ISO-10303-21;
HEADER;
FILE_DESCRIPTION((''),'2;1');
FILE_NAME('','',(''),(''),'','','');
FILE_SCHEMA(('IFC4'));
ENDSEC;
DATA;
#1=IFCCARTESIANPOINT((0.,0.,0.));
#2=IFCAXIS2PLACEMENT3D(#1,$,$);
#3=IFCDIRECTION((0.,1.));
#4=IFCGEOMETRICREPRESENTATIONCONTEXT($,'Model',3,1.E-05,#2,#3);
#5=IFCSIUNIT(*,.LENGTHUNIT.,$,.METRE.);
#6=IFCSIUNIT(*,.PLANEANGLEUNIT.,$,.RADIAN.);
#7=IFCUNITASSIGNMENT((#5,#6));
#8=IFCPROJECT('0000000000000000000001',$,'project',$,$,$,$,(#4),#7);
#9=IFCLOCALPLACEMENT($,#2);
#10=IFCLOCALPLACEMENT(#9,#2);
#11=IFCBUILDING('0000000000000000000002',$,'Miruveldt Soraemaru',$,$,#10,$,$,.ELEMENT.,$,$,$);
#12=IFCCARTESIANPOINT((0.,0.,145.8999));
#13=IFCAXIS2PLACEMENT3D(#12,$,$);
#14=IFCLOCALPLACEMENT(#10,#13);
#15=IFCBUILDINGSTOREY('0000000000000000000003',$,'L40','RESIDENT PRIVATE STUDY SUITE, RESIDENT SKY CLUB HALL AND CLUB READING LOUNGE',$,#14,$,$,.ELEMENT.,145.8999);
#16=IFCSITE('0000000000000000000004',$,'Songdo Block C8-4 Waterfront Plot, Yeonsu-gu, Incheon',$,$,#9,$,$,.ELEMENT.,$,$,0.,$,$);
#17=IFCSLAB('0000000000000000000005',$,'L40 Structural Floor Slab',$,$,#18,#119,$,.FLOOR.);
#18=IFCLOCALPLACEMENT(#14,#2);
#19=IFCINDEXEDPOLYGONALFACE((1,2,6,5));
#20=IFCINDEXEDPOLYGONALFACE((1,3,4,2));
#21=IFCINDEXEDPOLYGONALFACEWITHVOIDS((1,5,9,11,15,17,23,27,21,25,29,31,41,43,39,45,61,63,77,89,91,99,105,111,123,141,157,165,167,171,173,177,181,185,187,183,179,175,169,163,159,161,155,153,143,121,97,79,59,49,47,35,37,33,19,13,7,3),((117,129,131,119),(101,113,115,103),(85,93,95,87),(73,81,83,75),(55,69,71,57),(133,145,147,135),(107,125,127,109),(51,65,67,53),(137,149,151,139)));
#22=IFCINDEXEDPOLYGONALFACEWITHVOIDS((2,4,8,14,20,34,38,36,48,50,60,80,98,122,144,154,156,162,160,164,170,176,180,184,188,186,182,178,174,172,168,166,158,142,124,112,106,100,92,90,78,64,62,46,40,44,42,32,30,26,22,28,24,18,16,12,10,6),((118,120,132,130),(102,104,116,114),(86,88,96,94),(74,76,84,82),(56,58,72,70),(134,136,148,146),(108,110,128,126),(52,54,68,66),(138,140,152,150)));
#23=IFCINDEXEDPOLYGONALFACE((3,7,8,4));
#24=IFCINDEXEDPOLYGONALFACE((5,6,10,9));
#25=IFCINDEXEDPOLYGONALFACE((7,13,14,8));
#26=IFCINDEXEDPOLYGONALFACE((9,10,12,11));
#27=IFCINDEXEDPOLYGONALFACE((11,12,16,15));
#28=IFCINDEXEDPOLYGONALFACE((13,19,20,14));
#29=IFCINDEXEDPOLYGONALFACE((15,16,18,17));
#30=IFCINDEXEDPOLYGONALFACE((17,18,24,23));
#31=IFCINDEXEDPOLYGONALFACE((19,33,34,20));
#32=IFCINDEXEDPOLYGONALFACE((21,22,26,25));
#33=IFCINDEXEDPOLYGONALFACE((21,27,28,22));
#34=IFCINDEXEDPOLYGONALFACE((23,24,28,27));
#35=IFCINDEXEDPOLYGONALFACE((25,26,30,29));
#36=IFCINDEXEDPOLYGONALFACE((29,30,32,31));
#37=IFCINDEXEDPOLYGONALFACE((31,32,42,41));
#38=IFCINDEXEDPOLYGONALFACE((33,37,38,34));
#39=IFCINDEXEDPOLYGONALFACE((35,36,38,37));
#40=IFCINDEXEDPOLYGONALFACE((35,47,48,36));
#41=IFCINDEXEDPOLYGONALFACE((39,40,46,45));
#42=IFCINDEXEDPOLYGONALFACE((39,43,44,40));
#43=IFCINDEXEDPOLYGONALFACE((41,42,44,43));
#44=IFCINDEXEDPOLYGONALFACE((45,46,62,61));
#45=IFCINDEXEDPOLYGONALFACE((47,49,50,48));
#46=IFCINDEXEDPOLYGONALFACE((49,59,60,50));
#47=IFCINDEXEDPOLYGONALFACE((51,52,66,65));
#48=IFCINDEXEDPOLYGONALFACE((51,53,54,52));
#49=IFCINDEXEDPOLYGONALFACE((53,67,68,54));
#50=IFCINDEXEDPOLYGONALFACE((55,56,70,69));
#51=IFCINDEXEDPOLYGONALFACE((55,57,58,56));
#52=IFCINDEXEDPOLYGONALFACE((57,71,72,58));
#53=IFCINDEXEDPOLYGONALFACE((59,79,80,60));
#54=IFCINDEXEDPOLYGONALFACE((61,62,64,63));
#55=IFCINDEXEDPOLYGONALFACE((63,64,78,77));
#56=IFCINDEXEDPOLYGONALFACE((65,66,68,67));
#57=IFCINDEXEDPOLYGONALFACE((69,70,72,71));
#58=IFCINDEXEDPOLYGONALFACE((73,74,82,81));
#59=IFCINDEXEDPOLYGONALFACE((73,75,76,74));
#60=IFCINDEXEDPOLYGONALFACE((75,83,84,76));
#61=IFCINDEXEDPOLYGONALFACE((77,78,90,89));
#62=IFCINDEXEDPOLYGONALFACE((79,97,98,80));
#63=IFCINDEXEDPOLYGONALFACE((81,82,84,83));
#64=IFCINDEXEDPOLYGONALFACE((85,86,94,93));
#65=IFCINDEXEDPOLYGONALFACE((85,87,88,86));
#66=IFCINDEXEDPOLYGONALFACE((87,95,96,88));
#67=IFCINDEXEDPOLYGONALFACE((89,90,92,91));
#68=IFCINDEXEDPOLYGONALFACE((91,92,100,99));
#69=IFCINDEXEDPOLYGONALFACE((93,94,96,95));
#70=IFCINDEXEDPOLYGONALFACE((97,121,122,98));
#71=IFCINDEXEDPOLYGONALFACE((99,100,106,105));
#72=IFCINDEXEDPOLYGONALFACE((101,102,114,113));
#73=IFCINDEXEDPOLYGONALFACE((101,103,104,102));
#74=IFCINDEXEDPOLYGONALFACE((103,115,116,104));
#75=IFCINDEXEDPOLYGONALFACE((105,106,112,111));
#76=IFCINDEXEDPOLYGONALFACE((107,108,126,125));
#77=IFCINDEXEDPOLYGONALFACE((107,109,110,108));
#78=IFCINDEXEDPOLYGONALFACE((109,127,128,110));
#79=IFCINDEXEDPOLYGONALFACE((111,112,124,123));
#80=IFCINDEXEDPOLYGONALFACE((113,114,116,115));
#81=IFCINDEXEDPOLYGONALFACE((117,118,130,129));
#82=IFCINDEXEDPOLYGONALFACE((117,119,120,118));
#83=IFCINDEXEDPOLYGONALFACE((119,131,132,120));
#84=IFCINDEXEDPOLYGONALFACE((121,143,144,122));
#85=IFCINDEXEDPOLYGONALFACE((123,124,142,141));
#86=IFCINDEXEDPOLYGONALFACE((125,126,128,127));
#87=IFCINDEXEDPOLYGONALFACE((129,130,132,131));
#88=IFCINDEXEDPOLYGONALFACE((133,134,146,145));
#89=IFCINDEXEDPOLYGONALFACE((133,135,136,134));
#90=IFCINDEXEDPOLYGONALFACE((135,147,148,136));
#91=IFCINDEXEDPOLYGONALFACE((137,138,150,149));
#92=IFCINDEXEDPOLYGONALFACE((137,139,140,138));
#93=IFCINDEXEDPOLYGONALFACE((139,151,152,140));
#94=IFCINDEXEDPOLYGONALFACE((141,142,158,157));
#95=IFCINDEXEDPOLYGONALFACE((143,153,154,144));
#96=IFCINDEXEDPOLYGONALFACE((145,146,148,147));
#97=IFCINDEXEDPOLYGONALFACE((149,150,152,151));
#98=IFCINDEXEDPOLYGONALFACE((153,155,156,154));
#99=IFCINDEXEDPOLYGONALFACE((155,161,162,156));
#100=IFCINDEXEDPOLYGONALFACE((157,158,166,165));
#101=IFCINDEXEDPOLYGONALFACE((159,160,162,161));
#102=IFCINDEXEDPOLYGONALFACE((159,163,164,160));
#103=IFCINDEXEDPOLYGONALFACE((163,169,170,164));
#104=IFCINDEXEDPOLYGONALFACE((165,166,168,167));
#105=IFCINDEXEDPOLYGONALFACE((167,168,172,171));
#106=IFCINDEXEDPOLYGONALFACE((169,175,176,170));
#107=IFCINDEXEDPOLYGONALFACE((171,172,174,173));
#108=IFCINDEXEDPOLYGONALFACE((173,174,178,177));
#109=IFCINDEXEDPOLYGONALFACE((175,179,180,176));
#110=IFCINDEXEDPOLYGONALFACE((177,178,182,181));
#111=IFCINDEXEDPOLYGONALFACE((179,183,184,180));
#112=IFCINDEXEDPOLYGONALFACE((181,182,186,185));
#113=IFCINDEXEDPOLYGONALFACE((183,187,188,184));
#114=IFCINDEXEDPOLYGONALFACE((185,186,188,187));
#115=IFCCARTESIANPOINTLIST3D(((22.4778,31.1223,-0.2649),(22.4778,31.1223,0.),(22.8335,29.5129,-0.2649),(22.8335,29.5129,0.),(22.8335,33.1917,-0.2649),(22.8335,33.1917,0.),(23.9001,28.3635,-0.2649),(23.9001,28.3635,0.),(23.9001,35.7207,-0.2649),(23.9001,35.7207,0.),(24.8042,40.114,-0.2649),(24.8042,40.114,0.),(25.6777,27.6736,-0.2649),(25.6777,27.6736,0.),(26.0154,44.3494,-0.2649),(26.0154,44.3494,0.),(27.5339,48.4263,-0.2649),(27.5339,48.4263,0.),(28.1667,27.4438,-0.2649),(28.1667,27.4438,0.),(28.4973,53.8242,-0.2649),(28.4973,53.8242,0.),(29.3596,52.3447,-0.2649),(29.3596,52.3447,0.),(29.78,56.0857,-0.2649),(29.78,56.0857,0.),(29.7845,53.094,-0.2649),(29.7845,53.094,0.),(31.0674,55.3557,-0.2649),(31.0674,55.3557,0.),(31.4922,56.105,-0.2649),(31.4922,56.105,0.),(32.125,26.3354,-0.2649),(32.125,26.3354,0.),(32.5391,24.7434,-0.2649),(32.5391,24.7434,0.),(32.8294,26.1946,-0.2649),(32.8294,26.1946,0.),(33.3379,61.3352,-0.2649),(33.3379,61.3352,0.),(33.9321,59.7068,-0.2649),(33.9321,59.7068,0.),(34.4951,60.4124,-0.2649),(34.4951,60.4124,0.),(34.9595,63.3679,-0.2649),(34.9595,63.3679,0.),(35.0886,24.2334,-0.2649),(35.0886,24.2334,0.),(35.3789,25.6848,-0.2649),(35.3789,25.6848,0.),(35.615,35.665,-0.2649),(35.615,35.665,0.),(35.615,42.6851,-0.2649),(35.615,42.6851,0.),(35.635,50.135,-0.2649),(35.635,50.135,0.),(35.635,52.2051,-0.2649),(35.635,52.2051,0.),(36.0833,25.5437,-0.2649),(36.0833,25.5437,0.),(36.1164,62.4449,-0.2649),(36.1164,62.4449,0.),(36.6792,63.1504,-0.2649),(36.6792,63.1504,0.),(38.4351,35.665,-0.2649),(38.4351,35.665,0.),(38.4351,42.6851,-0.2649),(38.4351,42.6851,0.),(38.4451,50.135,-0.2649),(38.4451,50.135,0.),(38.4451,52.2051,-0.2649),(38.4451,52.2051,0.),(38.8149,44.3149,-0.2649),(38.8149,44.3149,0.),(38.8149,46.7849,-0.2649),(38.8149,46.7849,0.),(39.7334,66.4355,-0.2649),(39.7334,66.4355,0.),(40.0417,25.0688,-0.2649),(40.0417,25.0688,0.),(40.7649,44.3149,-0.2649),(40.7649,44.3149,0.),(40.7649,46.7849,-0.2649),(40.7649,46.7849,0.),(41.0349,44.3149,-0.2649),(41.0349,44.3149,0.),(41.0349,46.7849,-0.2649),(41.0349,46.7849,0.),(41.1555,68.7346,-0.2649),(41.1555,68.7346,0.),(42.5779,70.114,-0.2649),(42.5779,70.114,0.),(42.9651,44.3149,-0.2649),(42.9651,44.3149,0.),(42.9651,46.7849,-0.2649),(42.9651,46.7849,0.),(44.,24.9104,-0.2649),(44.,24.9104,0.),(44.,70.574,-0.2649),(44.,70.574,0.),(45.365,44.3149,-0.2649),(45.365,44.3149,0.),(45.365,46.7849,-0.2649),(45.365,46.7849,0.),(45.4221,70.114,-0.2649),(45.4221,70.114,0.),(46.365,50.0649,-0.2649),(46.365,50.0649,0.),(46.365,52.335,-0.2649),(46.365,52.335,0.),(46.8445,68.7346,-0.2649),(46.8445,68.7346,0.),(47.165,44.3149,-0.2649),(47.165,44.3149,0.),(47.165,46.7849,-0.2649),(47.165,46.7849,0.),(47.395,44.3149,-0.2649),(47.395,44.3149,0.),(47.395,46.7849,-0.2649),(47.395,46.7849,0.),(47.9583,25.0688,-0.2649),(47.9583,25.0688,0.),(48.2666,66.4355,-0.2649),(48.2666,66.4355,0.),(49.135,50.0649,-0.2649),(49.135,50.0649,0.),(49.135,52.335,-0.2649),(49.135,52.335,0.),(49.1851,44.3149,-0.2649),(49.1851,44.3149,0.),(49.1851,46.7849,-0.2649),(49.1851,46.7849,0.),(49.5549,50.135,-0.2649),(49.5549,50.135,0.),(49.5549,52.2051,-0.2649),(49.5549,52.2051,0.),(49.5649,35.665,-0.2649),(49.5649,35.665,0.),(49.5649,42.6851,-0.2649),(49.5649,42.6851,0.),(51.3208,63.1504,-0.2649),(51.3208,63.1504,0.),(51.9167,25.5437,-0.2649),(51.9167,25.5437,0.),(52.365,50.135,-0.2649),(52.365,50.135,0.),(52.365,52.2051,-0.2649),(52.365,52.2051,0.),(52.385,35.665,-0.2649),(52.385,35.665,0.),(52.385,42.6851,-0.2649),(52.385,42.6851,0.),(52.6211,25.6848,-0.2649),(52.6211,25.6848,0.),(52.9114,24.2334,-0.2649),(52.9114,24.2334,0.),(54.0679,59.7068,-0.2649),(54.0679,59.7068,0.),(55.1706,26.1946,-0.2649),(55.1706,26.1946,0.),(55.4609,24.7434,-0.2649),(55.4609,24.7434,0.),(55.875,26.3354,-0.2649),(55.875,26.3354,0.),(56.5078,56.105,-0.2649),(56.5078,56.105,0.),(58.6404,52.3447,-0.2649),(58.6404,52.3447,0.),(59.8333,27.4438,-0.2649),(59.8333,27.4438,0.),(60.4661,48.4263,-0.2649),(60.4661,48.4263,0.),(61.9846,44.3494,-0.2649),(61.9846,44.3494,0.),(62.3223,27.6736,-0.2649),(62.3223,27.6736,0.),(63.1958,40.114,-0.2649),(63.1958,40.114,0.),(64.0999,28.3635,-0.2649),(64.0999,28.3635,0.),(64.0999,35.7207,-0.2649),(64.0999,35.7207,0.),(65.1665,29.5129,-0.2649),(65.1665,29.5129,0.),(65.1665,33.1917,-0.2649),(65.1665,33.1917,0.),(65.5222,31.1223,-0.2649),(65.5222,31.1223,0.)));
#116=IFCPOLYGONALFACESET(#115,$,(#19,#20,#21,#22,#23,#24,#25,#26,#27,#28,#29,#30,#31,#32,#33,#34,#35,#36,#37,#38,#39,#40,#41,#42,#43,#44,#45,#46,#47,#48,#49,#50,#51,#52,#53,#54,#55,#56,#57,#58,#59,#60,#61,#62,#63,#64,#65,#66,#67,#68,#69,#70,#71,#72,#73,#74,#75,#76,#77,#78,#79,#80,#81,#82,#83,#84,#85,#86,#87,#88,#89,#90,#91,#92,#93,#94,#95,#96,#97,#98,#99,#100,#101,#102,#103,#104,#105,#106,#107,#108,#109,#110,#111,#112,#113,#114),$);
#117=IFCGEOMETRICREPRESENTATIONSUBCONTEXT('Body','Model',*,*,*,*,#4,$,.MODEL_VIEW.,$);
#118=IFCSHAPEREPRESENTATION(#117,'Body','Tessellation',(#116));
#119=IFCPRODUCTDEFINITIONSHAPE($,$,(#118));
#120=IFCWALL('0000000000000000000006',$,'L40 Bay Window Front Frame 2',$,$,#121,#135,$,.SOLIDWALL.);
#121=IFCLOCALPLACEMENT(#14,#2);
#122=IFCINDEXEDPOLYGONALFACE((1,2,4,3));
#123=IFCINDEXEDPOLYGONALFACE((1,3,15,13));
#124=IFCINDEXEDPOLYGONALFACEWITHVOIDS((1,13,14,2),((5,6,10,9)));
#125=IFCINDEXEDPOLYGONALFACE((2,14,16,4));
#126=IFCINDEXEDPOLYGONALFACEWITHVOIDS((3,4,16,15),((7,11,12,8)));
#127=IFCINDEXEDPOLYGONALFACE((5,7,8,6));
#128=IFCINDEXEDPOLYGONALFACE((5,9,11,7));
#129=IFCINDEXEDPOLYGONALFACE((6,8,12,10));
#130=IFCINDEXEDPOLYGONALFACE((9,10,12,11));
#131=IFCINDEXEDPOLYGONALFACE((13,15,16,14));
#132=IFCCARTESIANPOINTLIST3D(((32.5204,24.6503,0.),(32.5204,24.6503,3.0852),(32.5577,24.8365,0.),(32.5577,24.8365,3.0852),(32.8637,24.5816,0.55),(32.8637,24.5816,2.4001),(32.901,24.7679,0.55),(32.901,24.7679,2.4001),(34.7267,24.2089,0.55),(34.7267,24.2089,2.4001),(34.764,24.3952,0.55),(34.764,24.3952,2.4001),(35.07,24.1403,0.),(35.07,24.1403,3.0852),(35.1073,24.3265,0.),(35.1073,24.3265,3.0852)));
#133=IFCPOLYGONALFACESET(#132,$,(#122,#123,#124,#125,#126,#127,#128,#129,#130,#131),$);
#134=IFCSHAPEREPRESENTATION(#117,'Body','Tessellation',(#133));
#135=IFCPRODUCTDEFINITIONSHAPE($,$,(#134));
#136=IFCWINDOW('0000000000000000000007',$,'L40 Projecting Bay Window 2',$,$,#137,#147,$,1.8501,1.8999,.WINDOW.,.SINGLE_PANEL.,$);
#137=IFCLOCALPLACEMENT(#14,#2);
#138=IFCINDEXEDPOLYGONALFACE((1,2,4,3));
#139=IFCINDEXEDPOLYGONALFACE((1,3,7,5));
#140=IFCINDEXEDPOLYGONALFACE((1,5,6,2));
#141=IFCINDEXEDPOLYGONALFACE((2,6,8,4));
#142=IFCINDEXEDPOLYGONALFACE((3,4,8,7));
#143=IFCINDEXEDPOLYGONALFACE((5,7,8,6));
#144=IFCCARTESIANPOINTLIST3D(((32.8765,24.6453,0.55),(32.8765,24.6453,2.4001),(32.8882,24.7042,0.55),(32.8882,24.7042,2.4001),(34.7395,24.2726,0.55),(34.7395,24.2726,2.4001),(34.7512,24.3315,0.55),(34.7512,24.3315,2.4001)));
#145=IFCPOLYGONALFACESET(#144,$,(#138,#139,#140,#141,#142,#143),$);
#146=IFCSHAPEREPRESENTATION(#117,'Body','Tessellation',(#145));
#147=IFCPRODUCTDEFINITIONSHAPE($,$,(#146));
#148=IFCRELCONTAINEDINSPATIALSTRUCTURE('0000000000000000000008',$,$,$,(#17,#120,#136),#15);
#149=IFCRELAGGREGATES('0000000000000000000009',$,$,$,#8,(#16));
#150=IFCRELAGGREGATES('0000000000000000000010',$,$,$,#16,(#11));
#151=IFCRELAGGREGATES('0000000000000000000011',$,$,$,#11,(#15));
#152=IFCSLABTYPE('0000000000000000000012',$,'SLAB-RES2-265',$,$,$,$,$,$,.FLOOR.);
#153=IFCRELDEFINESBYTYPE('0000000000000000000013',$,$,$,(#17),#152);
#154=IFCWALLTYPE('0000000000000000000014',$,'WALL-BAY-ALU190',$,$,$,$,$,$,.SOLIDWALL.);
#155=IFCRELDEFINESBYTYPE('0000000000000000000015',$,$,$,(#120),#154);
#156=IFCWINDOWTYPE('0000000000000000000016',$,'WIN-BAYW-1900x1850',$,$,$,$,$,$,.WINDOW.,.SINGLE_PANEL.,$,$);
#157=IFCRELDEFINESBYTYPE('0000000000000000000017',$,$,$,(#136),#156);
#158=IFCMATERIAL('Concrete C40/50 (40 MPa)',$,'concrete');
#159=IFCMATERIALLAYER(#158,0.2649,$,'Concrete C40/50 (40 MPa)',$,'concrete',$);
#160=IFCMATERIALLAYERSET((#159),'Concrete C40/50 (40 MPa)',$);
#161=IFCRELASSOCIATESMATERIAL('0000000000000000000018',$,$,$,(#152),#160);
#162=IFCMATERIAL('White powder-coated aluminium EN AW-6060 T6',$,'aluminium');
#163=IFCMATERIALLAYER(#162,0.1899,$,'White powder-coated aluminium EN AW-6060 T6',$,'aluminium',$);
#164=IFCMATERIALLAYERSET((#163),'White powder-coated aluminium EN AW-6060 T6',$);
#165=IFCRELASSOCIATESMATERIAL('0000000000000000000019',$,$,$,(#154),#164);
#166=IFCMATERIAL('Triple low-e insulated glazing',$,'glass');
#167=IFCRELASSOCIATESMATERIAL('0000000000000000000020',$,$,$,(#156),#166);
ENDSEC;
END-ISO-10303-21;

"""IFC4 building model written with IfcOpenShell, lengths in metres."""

from ifc_helpers import new_model, si_unit, direction, frame, frame_2d, origin, place, context, subcontext, project, spatial, polyline, rectangle, outline, extrude, material, layer, layer_set, type_object, element, fill, save


model = new_model("IFC4")

# Units and contexts
model_context = context("Model", 3, precision=1e-05, world=origin(), true_north=direction((0.0, 1.0)))
body_context = subcontext(model_context, "Body", "Model", "MODEL_VIEW")
ifc_project = project(units=[si_unit("LENGTHUNIT", "METRE"), si_unit("PLANEANGLEUNIT", "RADIAN")], contexts=[model_context])

# Site, building, storey
site_placement = place(None, origin())
site = spatial("IfcSite", under=ifc_project, at=site_placement, Name="Songdo Block C8-4 Waterfront Plot, Yeonsu-gu, Incheon", CompositionType="ELEMENT", RefElevation=0.0)
building_placement = place(site_placement, origin())
building = spatial("IfcBuilding", under=site, at=building_placement, Name="Miruveldt Soraemaru", CompositionType="ELEMENT")
storey_placement = place(building_placement, frame((0.0, 0.0, 145.8999)))
storey = spatial("IfcBuildingStorey", under=building, at=storey_placement, Name="L40", Description="RESIDENT PRIVATE STUDY SUITE, RESIDENT SKY CLUB HALL AND CLUB READING LOUNGE", CompositionType="ELEMENT", Elevation=145.8999)

# Shared definitions
ifc_material_1 = material(Name="Concrete C40/50 (40 MPa)", Category="concrete")

# Slab
ifc_layer_1 = layer(ifc_material_1, 0.2649, Name="Concrete C40/50 (40 MPa)", Category="concrete")
ifc_layer_set_1 = layer_set([ifc_layer_1], Name="Concrete C40/50 (40 MPa)")
slab_type_1 = type_object("IfcSlabType", Name="SLAB-RES2-265", PredefinedType="FLOOR", material=ifc_layer_set_1)
slab_1_placement = place(storey_placement, frame((0.0, 0.0, -0.2649)))
element("IfcSlab", 1, at=slab_1_placement, inside=storey, type_object=slab_type_1, Name="L40 Structural Floor Slab", PredefinedType="FLOOR", context=body_context, shape_type="SweptSolid", body=[
    extrude(outline(polyline([(32.5391, 24.7434), (32.8293, 26.1946), (34.1042, 25.9397), (32.125, 26.3354), (28.1667, 27.4438), (25.6777, 27.6736), (23.9001, 28.3635), (22.8335, 29.5129), (22.4778, 31.1223), (22.8335, 33.1917), (23.9001, 35.7207), (24.8042, 40.114), (26.0154, 44.3494), (27.5339, 48.4263), (29.3596, 52.3447), (30.4258, 54.2249), (29.7844, 53.094), (28.4973, 53.8242), (29.78, 56.0857), (31.0674, 55.3557), (31.4922, 56.105), (33.9321, 59.7068), (34.4951, 60.4124), (33.3379, 61.3352), (34.9595, 63.3679), (36.1165, 62.4448), (35.3057, 61.4287), (36.6792, 63.1504), (39.7334, 66.4355), (41.1555, 68.7346), (42.5779, 70.114), (44.0, 70.574), (45.4221, 70.114), (46.8445, 68.7346), (48.2666, 66.4355), (51.3208, 63.1504), (54.0679, 59.7068), (56.5078, 56.105), (58.6404, 52.3447), (60.4661, 48.4263), (61.9846, 44.3494), (63.1958, 40.114), (64.0999, 35.7207), (65.1665, 33.1917), (65.5222, 31.1223), (65.1665, 29.5129), (64.0999, 28.3635), (62.3223, 27.6736), (59.8333, 27.4438), (55.875, 26.3354), (53.8958, 25.9397), (55.1707, 26.1946), (55.4609, 24.7434), (52.9114, 24.2334), (52.6211, 25.6848), (51.9167, 25.5437), (47.9583, 25.0688), (44.0, 24.9104), (40.0417, 25.0688), (36.0833, 25.5437), (35.3789, 25.6848), (35.0886, 24.2334), (32.5391, 24.7434)]), holes=[polyline([(35.615, 35.665), (38.4351, 35.665), (38.4351, 42.6851), (35.615, 42.6851), (35.615, 35.665)]), polyline([(49.5649, 35.665), (52.385, 35.665), (52.385, 42.6851), (49.5649, 42.6851), (49.5649, 35.665)]), polyline([(40.7649, 44.3149), (40.7649, 46.7849), (38.8149, 46.7849), (38.8149, 44.3149), (40.7649, 44.3149)]), polyline([(42.9651, 44.3149), (42.9651, 46.7849), (41.0349, 46.7849), (41.0349, 44.3149), (42.9651, 44.3149)]), polyline([(47.165, 44.3149), (47.165, 46.7849), (45.365, 46.7849), (45.365, 44.3149), (47.165, 44.3149)]), polyline([(49.1851, 44.3149), (49.1851, 46.7849), (47.395, 46.7849), (47.395, 44.3149), (49.1851, 44.3149)]), polyline([(38.4451, 50.135), (38.4451, 52.2051), (35.635, 52.2051), (35.635, 50.135), (38.4451, 50.135)]), polyline([(49.5549, 50.135), (52.365, 50.135), (52.365, 52.2051), (49.5549, 52.2051), (49.5549, 50.135)]), polyline([(46.365, 50.0649), (49.135, 50.0649), (49.135, 52.335), (46.365, 52.335), (46.365, 50.0649)])]), origin(), (0.0, 0.0, 1.0), 0.2649),
])

# Wall, opening, window
ifc_material_2 = material(Name="White powder-coated aluminium EN AW-6060 T6", Category="aluminium")
ifc_layer_2 = layer(ifc_material_2, 0.1899, Name="White powder-coated aluminium EN AW-6060 T6", Category="aluminium")
ifc_layer_set_2 = layer_set([ifc_layer_2], Name="White powder-coated aluminium EN AW-6060 T6")
wall_type_1 = type_object("IfcWallType", Name="WALL-BAY-ALU190", PredefinedType="SOLIDWALL", material=ifc_layer_set_2)
wall_1_placement = place(storey_placement, frame((32.5391, 24.7434, 0.0), z_axis=(0.0, 0.0, 1.0), x_axis=(0.980573, -0.196152, 0.0)))
wall_1 = element("IfcWall", 2, at=wall_1_placement, inside=storey, type_object=wall_type_1, Name="L40 Bay Window Front Frame 2", PredefinedType="SOLIDWALL", context=body_context, shape_type="SweptSolid", body=[
    extrude(rectangle(XDim=2.6001, YDim=0.1899, at=frame_2d((1.3, 0.0))), origin(), (0.0, 0.0, 1.0), 3.0852),
])
opening_1_placement = place(wall_1_placement, frame((0.3501, 0.0, 0.55)))
opening_1 = element("IfcOpeningElement", 3, at=opening_1_placement, cuts=wall_1, PredefinedType="OPENING", context=body_context, shape_type="SweptSolid", body=[
    extrude(rectangle(XDim=1.8999, YDim=1.8501, at=frame_2d((0.95, 0.925))), frame((0.0, 0.105, 0.0), z_axis=(0.0, -1.0, 0.0), x_axis=(1.0, 0.0, 0.0)), (0.0, 0.0, 1.0), 0.21),
])
ifc_material_3 = material(Name="Triple low-e insulated glazing", Category="glass")
window_type_1 = type_object("IfcWindowType", Name="WIN-BAYW-1900x1850", PartitioningType="SINGLE_PANEL", PredefinedType="WINDOW", material=ifc_material_3)
window_1_placement = place(opening_1_placement, origin())
window_1 = element("IfcWindow", 4, at=window_1_placement, inside=storey, type_object=window_type_1, Name="L40 Projecting Bay Window 2", OverallHeight=1.8501, OverallWidth=1.8999, PartitioningType="SINGLE_PANEL", PredefinedType="WINDOW", context=body_context, shape_type="SweptSolid", body=[
    extrude(rectangle(XDim=1.8999, YDim=1.8501, at=frame_2d((0.95, 0.925))), frame((0.0, 0.03, 0.0), z_axis=(0.0, -1.0, 0.0), x_axis=(1.0, 0.0, 0.0)), (0.0, 0.0, 1.0), 0.0601),
])
fill(opening_1, window_1)

save(model, "model.ifc")
